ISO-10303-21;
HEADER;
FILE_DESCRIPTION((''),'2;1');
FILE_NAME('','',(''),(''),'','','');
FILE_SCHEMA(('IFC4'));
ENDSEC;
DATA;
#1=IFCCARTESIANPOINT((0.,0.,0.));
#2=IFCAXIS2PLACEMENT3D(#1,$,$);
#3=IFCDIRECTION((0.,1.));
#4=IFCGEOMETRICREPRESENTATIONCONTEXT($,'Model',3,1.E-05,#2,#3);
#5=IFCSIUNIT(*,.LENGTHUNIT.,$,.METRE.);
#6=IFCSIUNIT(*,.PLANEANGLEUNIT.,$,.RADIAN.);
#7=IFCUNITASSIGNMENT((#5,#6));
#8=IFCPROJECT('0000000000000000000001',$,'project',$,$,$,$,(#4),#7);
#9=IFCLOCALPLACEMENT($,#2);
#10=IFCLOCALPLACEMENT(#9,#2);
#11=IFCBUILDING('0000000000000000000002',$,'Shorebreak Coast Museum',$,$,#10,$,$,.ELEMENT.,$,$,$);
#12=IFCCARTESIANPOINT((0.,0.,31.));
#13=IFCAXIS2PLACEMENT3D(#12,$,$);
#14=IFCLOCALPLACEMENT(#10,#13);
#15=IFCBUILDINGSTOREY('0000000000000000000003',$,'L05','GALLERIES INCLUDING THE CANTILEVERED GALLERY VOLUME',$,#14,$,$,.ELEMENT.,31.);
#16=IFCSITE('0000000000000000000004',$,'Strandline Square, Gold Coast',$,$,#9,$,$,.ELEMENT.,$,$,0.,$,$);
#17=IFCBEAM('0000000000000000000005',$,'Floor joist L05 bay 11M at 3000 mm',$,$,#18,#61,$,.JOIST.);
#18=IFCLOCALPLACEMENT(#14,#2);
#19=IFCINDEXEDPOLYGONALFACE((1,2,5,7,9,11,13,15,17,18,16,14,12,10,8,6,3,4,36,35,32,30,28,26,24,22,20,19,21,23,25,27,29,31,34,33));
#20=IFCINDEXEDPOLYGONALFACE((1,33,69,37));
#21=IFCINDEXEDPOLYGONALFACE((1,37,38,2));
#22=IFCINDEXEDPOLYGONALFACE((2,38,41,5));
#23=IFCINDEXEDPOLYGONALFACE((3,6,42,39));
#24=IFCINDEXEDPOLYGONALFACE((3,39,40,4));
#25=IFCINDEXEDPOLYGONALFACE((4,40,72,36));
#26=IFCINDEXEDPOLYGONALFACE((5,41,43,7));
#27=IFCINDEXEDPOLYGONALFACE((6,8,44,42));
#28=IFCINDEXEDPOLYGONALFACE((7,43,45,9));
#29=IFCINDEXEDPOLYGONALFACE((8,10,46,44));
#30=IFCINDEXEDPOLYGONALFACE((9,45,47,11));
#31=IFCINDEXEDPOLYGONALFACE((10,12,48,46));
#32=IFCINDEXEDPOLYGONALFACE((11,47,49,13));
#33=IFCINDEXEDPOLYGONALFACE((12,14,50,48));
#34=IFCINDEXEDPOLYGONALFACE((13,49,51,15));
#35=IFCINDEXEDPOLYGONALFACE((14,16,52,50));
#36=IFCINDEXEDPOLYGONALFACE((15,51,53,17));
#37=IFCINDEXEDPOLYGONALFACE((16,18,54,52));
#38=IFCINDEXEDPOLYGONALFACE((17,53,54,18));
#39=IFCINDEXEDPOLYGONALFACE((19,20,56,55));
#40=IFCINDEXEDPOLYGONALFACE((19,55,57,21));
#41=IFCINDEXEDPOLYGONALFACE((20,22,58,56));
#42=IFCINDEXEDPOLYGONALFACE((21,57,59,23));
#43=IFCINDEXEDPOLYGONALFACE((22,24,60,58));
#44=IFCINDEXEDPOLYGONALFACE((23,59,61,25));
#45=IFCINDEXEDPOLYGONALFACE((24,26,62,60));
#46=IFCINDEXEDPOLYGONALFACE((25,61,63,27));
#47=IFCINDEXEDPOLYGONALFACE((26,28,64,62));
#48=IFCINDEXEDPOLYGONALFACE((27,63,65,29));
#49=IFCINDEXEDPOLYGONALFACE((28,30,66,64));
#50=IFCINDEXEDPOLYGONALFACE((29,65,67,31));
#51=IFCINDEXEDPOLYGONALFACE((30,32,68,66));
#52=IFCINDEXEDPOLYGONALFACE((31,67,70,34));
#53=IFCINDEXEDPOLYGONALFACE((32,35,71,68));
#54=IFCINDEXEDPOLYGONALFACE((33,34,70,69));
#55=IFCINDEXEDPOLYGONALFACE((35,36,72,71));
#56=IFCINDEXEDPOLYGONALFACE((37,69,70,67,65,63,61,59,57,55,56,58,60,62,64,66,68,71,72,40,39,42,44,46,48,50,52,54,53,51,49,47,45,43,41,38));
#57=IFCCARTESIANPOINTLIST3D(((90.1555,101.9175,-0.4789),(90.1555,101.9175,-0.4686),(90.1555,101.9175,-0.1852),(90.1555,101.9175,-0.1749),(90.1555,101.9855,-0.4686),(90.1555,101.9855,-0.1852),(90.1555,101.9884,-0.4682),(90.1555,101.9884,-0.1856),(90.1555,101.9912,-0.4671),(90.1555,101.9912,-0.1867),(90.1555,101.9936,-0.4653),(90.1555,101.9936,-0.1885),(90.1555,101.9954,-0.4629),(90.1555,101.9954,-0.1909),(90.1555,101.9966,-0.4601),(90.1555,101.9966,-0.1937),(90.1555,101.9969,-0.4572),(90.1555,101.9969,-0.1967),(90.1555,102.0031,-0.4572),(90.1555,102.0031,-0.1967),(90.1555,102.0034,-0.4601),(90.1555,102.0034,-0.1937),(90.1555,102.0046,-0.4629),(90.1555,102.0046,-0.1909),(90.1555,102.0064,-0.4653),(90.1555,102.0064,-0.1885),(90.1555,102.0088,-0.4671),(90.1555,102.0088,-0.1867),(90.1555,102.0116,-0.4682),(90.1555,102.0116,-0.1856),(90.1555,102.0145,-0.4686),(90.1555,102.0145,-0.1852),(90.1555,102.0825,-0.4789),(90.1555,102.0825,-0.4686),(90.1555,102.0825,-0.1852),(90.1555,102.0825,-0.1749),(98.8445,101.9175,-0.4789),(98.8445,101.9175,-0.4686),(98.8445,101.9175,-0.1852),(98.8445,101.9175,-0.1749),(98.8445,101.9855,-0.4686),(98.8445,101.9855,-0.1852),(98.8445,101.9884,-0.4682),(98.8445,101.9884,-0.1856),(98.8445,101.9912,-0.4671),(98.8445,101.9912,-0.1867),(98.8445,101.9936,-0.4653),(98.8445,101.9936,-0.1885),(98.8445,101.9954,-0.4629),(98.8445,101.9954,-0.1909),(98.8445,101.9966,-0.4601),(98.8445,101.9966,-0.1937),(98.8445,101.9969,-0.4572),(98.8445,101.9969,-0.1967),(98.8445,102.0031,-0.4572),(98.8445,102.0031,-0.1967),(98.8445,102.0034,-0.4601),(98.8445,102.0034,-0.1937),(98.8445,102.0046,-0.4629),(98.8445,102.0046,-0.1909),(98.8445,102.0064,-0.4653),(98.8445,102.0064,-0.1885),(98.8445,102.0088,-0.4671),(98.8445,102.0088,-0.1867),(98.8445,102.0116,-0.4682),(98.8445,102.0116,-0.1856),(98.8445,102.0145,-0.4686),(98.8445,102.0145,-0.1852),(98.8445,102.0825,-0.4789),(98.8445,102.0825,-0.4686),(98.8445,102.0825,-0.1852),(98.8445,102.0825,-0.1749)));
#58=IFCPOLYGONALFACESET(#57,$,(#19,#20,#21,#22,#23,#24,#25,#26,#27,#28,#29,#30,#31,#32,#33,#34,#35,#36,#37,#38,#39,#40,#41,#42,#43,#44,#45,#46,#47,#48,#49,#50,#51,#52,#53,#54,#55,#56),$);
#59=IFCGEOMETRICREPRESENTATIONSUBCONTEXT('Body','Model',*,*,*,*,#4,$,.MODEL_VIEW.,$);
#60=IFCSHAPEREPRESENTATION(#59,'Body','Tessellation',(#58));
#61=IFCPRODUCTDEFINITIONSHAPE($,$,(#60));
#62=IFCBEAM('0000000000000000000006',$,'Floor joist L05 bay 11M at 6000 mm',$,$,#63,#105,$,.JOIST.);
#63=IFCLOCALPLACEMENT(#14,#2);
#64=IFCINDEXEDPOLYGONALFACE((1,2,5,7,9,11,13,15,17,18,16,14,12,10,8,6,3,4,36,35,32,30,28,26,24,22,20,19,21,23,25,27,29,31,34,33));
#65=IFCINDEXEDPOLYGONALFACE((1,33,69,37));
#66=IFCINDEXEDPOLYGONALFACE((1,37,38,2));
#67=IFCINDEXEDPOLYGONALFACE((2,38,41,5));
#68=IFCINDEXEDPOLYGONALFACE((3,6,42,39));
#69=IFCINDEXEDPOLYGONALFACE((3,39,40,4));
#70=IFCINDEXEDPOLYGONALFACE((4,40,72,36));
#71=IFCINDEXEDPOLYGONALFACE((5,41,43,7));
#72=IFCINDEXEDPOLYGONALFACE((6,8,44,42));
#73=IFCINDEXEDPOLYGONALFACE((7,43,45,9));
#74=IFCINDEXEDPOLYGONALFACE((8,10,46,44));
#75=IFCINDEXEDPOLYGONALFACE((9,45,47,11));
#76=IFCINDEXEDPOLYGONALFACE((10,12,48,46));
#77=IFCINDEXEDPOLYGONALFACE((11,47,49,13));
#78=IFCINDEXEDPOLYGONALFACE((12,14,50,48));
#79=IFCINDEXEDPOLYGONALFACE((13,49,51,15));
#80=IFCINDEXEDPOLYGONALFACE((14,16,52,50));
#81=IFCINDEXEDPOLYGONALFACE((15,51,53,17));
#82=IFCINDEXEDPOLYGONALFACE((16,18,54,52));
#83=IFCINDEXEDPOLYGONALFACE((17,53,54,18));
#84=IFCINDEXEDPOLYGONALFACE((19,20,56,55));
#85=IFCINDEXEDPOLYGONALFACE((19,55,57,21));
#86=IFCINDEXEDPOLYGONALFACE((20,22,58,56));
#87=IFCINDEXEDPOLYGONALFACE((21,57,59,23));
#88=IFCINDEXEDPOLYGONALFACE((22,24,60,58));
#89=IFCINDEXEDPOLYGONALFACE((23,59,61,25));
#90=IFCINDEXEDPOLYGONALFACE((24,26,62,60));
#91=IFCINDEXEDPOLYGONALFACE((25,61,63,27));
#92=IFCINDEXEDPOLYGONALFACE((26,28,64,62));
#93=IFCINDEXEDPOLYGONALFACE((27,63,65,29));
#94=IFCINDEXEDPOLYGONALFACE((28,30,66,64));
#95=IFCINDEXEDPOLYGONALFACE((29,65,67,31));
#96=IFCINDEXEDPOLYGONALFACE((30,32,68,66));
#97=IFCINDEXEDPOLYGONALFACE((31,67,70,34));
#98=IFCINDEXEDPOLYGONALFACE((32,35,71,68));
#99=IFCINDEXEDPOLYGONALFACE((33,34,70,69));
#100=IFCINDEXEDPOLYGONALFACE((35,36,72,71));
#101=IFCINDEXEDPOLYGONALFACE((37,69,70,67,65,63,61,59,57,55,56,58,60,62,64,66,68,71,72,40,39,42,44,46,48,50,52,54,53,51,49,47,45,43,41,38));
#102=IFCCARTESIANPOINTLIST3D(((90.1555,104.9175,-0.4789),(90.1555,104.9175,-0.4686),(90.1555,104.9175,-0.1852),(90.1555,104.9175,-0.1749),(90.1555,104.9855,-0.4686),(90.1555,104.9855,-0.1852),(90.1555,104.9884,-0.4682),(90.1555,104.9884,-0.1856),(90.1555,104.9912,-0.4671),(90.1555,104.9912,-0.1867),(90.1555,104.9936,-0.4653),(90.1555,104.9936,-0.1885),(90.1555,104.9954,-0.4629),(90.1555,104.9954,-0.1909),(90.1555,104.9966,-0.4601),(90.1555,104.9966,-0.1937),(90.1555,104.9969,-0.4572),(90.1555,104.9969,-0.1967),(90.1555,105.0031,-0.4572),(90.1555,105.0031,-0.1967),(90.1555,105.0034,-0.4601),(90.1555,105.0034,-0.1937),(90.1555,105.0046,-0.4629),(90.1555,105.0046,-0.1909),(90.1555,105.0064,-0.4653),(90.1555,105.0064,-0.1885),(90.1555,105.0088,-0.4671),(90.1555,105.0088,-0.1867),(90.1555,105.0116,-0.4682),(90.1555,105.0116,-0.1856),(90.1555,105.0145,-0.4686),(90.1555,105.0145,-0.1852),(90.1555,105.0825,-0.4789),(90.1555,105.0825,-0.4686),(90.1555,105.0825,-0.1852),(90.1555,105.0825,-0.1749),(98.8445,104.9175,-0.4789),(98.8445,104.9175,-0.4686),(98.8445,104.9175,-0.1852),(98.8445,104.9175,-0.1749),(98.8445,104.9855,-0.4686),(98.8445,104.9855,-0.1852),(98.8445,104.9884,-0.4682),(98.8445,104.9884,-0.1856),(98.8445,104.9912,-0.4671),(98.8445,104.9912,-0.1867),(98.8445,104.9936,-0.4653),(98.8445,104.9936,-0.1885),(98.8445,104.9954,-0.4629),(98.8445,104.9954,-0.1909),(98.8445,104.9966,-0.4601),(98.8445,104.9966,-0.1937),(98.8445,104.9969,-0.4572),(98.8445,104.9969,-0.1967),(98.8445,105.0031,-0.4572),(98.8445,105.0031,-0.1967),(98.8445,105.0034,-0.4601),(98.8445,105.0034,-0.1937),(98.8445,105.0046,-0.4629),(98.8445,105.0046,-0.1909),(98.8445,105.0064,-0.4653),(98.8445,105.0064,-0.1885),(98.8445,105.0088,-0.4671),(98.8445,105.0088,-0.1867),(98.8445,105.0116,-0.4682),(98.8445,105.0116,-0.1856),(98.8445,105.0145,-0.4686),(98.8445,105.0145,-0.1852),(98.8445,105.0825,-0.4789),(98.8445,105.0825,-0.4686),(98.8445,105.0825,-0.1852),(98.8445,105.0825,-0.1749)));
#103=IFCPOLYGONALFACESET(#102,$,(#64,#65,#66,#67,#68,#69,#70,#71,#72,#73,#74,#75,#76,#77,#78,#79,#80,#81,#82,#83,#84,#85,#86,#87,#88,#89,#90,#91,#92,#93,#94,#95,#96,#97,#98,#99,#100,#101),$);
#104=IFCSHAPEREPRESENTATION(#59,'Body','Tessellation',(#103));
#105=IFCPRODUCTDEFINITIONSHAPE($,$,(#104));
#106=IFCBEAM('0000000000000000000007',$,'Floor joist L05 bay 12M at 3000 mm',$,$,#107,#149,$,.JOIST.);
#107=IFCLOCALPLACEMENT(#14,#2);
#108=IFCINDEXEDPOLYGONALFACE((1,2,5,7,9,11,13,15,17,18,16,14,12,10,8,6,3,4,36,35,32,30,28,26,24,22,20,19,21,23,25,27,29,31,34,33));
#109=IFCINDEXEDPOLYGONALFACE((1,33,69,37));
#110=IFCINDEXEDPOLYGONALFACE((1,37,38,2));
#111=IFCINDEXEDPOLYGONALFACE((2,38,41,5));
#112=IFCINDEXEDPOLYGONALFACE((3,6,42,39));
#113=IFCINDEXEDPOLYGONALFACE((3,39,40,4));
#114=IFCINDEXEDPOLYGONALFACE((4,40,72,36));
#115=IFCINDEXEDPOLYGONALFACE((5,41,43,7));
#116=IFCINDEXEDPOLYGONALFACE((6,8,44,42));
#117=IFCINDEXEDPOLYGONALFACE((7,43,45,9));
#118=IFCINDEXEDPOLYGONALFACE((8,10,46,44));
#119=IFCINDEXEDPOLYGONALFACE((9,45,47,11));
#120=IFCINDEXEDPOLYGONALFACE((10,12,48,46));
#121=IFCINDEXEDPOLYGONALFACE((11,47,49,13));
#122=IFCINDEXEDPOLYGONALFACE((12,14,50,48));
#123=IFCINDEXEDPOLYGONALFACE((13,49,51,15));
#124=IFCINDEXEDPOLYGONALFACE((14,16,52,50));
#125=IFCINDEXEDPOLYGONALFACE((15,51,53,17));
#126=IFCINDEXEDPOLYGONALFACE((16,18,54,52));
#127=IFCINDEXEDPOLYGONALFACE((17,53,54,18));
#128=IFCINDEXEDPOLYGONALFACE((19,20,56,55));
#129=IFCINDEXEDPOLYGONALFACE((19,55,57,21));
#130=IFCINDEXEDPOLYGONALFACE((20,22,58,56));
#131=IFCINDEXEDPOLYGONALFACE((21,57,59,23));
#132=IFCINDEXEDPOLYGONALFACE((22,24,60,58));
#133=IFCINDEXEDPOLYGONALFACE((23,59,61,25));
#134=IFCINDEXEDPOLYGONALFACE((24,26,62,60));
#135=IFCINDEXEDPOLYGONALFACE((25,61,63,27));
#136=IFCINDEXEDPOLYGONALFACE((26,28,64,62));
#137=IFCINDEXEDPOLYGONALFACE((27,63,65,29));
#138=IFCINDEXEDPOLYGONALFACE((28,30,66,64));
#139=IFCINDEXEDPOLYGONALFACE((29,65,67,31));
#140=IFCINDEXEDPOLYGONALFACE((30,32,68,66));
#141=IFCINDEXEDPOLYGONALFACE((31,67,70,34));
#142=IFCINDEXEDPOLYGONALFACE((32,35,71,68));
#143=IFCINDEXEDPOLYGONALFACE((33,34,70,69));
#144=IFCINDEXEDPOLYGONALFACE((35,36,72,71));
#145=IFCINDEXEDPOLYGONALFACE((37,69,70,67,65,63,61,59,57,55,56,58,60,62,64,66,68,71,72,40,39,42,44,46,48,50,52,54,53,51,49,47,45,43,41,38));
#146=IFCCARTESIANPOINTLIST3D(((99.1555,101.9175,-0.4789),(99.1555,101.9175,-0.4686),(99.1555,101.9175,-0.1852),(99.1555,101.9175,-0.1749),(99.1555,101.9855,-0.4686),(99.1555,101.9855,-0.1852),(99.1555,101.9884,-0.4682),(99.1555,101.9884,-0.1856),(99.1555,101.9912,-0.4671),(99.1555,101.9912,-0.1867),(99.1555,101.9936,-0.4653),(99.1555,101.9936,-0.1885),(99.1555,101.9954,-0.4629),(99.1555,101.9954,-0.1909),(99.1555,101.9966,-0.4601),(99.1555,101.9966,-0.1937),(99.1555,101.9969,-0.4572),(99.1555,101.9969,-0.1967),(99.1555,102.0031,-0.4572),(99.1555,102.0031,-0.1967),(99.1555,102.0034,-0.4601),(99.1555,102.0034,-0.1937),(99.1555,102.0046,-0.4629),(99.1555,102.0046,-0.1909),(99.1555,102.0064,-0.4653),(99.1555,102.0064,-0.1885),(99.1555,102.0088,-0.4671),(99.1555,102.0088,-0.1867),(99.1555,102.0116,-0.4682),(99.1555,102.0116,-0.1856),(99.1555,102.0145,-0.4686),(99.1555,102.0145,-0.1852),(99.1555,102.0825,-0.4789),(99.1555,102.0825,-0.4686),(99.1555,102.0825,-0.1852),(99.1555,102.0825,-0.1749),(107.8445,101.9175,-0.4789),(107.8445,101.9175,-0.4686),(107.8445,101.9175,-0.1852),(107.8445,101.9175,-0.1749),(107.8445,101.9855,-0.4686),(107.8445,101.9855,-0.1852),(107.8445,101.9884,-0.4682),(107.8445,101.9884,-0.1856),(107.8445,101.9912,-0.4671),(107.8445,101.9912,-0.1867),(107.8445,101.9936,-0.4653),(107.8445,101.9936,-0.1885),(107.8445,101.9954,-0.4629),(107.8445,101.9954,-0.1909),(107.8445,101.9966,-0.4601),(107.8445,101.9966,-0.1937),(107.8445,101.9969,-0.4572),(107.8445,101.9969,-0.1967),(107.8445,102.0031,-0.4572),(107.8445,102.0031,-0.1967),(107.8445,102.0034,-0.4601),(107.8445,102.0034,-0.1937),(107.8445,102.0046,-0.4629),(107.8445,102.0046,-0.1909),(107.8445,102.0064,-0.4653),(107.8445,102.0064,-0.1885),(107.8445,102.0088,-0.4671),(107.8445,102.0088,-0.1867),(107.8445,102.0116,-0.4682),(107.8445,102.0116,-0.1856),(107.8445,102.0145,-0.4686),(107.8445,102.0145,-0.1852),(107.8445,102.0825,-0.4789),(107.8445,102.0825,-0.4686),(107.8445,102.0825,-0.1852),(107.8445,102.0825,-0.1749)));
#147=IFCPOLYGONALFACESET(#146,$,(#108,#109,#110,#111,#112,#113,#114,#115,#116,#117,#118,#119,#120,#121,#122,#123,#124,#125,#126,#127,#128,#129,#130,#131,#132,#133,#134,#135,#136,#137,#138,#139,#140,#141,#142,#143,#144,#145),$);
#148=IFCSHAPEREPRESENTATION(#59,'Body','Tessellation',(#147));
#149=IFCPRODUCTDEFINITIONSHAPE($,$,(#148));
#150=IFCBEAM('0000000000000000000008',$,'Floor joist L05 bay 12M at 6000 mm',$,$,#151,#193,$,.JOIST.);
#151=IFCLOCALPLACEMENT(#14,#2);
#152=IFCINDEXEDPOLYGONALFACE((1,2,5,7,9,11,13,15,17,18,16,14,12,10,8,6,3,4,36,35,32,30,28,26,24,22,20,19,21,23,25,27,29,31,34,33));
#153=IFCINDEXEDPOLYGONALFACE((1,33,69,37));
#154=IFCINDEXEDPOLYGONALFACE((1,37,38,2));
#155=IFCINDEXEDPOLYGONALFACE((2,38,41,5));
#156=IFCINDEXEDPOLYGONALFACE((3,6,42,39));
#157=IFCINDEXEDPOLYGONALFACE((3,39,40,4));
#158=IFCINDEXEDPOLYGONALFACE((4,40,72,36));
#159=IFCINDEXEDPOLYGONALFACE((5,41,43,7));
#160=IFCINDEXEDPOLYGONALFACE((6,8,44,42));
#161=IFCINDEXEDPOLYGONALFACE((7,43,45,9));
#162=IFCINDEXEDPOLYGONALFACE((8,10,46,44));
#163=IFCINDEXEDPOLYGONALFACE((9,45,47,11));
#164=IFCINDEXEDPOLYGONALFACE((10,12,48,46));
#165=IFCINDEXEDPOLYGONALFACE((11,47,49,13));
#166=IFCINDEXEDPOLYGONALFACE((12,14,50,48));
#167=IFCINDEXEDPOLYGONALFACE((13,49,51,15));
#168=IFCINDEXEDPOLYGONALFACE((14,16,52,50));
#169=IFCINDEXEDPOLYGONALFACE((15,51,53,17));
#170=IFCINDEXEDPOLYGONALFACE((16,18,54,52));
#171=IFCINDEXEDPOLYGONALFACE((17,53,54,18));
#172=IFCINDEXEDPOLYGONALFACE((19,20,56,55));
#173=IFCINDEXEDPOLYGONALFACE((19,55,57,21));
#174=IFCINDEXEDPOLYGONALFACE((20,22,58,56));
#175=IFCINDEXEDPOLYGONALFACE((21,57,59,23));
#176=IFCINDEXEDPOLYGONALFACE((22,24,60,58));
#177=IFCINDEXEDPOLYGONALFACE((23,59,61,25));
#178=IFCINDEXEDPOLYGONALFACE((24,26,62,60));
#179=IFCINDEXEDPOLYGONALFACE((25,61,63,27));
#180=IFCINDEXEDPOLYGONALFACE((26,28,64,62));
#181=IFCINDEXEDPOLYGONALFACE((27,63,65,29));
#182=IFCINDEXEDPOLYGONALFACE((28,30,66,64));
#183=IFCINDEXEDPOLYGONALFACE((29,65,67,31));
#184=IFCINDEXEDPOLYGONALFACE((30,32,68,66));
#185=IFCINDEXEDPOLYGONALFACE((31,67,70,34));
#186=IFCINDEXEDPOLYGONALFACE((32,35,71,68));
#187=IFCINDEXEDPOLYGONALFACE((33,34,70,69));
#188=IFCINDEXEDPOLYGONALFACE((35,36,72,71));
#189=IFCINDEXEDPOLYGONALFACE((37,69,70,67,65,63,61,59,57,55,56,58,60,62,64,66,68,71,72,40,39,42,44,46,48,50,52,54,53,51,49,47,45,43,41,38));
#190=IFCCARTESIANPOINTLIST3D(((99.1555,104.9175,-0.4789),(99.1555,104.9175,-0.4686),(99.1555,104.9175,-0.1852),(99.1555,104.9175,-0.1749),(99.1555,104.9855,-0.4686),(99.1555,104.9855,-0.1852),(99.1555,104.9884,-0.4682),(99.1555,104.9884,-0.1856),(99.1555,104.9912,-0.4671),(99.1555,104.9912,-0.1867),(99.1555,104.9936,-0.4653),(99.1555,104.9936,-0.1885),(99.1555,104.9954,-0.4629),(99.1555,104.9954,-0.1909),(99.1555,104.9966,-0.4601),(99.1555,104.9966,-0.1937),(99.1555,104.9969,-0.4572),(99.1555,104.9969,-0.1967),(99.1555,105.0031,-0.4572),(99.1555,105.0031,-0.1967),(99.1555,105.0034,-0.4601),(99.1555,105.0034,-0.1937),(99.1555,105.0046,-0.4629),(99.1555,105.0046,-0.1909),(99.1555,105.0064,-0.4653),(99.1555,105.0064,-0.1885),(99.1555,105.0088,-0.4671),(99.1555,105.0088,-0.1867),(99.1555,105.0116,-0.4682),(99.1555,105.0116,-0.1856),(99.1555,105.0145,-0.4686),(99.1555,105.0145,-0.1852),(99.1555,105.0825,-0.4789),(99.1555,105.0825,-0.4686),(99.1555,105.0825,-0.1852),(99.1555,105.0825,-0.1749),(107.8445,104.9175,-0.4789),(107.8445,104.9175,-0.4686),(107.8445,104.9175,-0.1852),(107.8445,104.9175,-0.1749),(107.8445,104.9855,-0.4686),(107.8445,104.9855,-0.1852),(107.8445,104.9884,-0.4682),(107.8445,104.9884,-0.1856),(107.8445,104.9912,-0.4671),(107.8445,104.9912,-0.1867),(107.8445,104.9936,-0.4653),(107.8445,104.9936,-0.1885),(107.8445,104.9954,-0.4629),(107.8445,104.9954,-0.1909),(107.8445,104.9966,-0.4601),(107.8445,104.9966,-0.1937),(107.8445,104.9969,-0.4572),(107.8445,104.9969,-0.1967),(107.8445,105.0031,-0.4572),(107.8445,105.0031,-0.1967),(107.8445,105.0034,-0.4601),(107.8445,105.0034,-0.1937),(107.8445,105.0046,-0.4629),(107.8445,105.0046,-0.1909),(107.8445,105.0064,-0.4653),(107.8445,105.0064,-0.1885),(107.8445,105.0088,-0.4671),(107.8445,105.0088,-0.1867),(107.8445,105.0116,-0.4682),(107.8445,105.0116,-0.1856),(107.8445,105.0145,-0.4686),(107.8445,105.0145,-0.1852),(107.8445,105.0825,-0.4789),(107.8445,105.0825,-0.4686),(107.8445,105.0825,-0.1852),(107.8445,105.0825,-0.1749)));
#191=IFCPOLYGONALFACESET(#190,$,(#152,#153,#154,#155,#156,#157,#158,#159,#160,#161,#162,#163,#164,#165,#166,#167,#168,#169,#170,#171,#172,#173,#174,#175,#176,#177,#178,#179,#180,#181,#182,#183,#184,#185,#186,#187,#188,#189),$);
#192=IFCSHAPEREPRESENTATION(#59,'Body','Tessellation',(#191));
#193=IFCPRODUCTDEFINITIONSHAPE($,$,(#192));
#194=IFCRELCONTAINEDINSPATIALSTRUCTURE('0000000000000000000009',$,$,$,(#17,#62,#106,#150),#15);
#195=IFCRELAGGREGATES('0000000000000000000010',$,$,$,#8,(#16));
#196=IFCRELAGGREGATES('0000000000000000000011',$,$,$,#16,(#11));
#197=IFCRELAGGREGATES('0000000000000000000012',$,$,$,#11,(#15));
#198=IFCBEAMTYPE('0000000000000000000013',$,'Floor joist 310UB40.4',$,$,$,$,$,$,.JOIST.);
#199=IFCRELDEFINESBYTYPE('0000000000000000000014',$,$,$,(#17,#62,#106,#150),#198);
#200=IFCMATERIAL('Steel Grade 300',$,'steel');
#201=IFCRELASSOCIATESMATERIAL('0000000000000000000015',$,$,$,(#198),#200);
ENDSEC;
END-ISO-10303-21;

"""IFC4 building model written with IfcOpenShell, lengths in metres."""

from ifc_helpers import new_model, si_unit, direction, frame, origin, origin_2d, place, context, subcontext, project, spatial, i_section, extrude, material, material_profile, profile_set, type_object, element, save


model = new_model("IFC4")

# Units and contexts
model_context = context("Model", 3, precision=1e-05, world=origin(), true_north=direction((0.0, 1.0)))
body_context = subcontext(model_context, "Body", "Model", "MODEL_VIEW")
ifc_project = project(units=[si_unit("LENGTHUNIT", "METRE"), si_unit("PLANEANGLEUNIT", "RADIAN")], contexts=[model_context])

# Site, building, storey
site_placement = place(None, origin())
site = spatial("IfcSite", under=ifc_project, at=site_placement, Name="Strandline Square, Gold Coast", CompositionType="ELEMENT", RefElevation=0.0)
building_placement = place(site_placement, origin())
building = spatial("IfcBuilding", under=site, at=building_placement, Name="Shorebreak Coast Museum", CompositionType="ELEMENT")
storey_placement = place(building_placement, frame((0.0, 0.0, 31.0)))
storey = spatial("IfcBuildingStorey", under=building, at=storey_placement, Name="L05", Description="GALLERIES INCLUDING THE CANTILEVERED GALLERY VOLUME", CompositionType="ELEMENT", Elevation=31.0)

# Beams
ifc_material_1 = material(Name="Steel Grade 300", Category="steel")
ifc_material_profile_1 = material_profile(ifc_material_1, i_section(OverallWidth=0.165, OverallDepth=0.304, WebThickness=0.0061, FlangeThickness=0.0103, FilletRadius=0.0115, at=origin_2d()), Name="310UB40.4")
ifc_profile_set_1 = profile_set([ifc_material_profile_1], Name="Steel Grade 300")
beam_type_1 = type_object("IfcBeamType", Name="Floor joist 310UB40.4", PredefinedType="JOIST", material=ifc_profile_set_1)
for number, where, z_axis, x_axis, name in (
    (1, (90.1555, 102.0, -0.3269), (1.0, 0.0, 0.0), (0.0, 1.0, 0.0), "Floor joist L05 bay 11M at 3000 mm"),
    (2, (90.1555, 105.0, -0.3269), (1.0, 0.0, 0.0), (0.0, 1.0, 0.0), "Floor joist L05 bay 11M at 6000 mm"),
    (3, (99.1555, 102.0, -0.3269), (1.0, 0.0, 0.0), (0.0, 1.0, 0.0), "Floor joist L05 bay 12M at 3000 mm"),
    (4, (99.1555, 105.0, -0.3269), (1.0, 0.0, 0.0), (0.0, 1.0, 0.0), "Floor joist L05 bay 12M at 6000 mm"),
):
    element("IfcBeam", number, at=place(storey_placement, frame(where, z_axis=z_axis, x_axis=x_axis)), inside=storey, type_object=beam_type_1, Name=name, PredefinedType="JOIST", context=body_context, shape_type="SweptSolid", body=[
        extrude(i_section(OverallWidth=0.165, OverallDepth=0.304, WebThickness=0.0061, FlangeThickness=0.0103, FilletRadius=0.0115, at=origin_2d()), origin(), (0.0, 0.0, 1.0), 8.689),
    ])

save(model, "model.ifc")
